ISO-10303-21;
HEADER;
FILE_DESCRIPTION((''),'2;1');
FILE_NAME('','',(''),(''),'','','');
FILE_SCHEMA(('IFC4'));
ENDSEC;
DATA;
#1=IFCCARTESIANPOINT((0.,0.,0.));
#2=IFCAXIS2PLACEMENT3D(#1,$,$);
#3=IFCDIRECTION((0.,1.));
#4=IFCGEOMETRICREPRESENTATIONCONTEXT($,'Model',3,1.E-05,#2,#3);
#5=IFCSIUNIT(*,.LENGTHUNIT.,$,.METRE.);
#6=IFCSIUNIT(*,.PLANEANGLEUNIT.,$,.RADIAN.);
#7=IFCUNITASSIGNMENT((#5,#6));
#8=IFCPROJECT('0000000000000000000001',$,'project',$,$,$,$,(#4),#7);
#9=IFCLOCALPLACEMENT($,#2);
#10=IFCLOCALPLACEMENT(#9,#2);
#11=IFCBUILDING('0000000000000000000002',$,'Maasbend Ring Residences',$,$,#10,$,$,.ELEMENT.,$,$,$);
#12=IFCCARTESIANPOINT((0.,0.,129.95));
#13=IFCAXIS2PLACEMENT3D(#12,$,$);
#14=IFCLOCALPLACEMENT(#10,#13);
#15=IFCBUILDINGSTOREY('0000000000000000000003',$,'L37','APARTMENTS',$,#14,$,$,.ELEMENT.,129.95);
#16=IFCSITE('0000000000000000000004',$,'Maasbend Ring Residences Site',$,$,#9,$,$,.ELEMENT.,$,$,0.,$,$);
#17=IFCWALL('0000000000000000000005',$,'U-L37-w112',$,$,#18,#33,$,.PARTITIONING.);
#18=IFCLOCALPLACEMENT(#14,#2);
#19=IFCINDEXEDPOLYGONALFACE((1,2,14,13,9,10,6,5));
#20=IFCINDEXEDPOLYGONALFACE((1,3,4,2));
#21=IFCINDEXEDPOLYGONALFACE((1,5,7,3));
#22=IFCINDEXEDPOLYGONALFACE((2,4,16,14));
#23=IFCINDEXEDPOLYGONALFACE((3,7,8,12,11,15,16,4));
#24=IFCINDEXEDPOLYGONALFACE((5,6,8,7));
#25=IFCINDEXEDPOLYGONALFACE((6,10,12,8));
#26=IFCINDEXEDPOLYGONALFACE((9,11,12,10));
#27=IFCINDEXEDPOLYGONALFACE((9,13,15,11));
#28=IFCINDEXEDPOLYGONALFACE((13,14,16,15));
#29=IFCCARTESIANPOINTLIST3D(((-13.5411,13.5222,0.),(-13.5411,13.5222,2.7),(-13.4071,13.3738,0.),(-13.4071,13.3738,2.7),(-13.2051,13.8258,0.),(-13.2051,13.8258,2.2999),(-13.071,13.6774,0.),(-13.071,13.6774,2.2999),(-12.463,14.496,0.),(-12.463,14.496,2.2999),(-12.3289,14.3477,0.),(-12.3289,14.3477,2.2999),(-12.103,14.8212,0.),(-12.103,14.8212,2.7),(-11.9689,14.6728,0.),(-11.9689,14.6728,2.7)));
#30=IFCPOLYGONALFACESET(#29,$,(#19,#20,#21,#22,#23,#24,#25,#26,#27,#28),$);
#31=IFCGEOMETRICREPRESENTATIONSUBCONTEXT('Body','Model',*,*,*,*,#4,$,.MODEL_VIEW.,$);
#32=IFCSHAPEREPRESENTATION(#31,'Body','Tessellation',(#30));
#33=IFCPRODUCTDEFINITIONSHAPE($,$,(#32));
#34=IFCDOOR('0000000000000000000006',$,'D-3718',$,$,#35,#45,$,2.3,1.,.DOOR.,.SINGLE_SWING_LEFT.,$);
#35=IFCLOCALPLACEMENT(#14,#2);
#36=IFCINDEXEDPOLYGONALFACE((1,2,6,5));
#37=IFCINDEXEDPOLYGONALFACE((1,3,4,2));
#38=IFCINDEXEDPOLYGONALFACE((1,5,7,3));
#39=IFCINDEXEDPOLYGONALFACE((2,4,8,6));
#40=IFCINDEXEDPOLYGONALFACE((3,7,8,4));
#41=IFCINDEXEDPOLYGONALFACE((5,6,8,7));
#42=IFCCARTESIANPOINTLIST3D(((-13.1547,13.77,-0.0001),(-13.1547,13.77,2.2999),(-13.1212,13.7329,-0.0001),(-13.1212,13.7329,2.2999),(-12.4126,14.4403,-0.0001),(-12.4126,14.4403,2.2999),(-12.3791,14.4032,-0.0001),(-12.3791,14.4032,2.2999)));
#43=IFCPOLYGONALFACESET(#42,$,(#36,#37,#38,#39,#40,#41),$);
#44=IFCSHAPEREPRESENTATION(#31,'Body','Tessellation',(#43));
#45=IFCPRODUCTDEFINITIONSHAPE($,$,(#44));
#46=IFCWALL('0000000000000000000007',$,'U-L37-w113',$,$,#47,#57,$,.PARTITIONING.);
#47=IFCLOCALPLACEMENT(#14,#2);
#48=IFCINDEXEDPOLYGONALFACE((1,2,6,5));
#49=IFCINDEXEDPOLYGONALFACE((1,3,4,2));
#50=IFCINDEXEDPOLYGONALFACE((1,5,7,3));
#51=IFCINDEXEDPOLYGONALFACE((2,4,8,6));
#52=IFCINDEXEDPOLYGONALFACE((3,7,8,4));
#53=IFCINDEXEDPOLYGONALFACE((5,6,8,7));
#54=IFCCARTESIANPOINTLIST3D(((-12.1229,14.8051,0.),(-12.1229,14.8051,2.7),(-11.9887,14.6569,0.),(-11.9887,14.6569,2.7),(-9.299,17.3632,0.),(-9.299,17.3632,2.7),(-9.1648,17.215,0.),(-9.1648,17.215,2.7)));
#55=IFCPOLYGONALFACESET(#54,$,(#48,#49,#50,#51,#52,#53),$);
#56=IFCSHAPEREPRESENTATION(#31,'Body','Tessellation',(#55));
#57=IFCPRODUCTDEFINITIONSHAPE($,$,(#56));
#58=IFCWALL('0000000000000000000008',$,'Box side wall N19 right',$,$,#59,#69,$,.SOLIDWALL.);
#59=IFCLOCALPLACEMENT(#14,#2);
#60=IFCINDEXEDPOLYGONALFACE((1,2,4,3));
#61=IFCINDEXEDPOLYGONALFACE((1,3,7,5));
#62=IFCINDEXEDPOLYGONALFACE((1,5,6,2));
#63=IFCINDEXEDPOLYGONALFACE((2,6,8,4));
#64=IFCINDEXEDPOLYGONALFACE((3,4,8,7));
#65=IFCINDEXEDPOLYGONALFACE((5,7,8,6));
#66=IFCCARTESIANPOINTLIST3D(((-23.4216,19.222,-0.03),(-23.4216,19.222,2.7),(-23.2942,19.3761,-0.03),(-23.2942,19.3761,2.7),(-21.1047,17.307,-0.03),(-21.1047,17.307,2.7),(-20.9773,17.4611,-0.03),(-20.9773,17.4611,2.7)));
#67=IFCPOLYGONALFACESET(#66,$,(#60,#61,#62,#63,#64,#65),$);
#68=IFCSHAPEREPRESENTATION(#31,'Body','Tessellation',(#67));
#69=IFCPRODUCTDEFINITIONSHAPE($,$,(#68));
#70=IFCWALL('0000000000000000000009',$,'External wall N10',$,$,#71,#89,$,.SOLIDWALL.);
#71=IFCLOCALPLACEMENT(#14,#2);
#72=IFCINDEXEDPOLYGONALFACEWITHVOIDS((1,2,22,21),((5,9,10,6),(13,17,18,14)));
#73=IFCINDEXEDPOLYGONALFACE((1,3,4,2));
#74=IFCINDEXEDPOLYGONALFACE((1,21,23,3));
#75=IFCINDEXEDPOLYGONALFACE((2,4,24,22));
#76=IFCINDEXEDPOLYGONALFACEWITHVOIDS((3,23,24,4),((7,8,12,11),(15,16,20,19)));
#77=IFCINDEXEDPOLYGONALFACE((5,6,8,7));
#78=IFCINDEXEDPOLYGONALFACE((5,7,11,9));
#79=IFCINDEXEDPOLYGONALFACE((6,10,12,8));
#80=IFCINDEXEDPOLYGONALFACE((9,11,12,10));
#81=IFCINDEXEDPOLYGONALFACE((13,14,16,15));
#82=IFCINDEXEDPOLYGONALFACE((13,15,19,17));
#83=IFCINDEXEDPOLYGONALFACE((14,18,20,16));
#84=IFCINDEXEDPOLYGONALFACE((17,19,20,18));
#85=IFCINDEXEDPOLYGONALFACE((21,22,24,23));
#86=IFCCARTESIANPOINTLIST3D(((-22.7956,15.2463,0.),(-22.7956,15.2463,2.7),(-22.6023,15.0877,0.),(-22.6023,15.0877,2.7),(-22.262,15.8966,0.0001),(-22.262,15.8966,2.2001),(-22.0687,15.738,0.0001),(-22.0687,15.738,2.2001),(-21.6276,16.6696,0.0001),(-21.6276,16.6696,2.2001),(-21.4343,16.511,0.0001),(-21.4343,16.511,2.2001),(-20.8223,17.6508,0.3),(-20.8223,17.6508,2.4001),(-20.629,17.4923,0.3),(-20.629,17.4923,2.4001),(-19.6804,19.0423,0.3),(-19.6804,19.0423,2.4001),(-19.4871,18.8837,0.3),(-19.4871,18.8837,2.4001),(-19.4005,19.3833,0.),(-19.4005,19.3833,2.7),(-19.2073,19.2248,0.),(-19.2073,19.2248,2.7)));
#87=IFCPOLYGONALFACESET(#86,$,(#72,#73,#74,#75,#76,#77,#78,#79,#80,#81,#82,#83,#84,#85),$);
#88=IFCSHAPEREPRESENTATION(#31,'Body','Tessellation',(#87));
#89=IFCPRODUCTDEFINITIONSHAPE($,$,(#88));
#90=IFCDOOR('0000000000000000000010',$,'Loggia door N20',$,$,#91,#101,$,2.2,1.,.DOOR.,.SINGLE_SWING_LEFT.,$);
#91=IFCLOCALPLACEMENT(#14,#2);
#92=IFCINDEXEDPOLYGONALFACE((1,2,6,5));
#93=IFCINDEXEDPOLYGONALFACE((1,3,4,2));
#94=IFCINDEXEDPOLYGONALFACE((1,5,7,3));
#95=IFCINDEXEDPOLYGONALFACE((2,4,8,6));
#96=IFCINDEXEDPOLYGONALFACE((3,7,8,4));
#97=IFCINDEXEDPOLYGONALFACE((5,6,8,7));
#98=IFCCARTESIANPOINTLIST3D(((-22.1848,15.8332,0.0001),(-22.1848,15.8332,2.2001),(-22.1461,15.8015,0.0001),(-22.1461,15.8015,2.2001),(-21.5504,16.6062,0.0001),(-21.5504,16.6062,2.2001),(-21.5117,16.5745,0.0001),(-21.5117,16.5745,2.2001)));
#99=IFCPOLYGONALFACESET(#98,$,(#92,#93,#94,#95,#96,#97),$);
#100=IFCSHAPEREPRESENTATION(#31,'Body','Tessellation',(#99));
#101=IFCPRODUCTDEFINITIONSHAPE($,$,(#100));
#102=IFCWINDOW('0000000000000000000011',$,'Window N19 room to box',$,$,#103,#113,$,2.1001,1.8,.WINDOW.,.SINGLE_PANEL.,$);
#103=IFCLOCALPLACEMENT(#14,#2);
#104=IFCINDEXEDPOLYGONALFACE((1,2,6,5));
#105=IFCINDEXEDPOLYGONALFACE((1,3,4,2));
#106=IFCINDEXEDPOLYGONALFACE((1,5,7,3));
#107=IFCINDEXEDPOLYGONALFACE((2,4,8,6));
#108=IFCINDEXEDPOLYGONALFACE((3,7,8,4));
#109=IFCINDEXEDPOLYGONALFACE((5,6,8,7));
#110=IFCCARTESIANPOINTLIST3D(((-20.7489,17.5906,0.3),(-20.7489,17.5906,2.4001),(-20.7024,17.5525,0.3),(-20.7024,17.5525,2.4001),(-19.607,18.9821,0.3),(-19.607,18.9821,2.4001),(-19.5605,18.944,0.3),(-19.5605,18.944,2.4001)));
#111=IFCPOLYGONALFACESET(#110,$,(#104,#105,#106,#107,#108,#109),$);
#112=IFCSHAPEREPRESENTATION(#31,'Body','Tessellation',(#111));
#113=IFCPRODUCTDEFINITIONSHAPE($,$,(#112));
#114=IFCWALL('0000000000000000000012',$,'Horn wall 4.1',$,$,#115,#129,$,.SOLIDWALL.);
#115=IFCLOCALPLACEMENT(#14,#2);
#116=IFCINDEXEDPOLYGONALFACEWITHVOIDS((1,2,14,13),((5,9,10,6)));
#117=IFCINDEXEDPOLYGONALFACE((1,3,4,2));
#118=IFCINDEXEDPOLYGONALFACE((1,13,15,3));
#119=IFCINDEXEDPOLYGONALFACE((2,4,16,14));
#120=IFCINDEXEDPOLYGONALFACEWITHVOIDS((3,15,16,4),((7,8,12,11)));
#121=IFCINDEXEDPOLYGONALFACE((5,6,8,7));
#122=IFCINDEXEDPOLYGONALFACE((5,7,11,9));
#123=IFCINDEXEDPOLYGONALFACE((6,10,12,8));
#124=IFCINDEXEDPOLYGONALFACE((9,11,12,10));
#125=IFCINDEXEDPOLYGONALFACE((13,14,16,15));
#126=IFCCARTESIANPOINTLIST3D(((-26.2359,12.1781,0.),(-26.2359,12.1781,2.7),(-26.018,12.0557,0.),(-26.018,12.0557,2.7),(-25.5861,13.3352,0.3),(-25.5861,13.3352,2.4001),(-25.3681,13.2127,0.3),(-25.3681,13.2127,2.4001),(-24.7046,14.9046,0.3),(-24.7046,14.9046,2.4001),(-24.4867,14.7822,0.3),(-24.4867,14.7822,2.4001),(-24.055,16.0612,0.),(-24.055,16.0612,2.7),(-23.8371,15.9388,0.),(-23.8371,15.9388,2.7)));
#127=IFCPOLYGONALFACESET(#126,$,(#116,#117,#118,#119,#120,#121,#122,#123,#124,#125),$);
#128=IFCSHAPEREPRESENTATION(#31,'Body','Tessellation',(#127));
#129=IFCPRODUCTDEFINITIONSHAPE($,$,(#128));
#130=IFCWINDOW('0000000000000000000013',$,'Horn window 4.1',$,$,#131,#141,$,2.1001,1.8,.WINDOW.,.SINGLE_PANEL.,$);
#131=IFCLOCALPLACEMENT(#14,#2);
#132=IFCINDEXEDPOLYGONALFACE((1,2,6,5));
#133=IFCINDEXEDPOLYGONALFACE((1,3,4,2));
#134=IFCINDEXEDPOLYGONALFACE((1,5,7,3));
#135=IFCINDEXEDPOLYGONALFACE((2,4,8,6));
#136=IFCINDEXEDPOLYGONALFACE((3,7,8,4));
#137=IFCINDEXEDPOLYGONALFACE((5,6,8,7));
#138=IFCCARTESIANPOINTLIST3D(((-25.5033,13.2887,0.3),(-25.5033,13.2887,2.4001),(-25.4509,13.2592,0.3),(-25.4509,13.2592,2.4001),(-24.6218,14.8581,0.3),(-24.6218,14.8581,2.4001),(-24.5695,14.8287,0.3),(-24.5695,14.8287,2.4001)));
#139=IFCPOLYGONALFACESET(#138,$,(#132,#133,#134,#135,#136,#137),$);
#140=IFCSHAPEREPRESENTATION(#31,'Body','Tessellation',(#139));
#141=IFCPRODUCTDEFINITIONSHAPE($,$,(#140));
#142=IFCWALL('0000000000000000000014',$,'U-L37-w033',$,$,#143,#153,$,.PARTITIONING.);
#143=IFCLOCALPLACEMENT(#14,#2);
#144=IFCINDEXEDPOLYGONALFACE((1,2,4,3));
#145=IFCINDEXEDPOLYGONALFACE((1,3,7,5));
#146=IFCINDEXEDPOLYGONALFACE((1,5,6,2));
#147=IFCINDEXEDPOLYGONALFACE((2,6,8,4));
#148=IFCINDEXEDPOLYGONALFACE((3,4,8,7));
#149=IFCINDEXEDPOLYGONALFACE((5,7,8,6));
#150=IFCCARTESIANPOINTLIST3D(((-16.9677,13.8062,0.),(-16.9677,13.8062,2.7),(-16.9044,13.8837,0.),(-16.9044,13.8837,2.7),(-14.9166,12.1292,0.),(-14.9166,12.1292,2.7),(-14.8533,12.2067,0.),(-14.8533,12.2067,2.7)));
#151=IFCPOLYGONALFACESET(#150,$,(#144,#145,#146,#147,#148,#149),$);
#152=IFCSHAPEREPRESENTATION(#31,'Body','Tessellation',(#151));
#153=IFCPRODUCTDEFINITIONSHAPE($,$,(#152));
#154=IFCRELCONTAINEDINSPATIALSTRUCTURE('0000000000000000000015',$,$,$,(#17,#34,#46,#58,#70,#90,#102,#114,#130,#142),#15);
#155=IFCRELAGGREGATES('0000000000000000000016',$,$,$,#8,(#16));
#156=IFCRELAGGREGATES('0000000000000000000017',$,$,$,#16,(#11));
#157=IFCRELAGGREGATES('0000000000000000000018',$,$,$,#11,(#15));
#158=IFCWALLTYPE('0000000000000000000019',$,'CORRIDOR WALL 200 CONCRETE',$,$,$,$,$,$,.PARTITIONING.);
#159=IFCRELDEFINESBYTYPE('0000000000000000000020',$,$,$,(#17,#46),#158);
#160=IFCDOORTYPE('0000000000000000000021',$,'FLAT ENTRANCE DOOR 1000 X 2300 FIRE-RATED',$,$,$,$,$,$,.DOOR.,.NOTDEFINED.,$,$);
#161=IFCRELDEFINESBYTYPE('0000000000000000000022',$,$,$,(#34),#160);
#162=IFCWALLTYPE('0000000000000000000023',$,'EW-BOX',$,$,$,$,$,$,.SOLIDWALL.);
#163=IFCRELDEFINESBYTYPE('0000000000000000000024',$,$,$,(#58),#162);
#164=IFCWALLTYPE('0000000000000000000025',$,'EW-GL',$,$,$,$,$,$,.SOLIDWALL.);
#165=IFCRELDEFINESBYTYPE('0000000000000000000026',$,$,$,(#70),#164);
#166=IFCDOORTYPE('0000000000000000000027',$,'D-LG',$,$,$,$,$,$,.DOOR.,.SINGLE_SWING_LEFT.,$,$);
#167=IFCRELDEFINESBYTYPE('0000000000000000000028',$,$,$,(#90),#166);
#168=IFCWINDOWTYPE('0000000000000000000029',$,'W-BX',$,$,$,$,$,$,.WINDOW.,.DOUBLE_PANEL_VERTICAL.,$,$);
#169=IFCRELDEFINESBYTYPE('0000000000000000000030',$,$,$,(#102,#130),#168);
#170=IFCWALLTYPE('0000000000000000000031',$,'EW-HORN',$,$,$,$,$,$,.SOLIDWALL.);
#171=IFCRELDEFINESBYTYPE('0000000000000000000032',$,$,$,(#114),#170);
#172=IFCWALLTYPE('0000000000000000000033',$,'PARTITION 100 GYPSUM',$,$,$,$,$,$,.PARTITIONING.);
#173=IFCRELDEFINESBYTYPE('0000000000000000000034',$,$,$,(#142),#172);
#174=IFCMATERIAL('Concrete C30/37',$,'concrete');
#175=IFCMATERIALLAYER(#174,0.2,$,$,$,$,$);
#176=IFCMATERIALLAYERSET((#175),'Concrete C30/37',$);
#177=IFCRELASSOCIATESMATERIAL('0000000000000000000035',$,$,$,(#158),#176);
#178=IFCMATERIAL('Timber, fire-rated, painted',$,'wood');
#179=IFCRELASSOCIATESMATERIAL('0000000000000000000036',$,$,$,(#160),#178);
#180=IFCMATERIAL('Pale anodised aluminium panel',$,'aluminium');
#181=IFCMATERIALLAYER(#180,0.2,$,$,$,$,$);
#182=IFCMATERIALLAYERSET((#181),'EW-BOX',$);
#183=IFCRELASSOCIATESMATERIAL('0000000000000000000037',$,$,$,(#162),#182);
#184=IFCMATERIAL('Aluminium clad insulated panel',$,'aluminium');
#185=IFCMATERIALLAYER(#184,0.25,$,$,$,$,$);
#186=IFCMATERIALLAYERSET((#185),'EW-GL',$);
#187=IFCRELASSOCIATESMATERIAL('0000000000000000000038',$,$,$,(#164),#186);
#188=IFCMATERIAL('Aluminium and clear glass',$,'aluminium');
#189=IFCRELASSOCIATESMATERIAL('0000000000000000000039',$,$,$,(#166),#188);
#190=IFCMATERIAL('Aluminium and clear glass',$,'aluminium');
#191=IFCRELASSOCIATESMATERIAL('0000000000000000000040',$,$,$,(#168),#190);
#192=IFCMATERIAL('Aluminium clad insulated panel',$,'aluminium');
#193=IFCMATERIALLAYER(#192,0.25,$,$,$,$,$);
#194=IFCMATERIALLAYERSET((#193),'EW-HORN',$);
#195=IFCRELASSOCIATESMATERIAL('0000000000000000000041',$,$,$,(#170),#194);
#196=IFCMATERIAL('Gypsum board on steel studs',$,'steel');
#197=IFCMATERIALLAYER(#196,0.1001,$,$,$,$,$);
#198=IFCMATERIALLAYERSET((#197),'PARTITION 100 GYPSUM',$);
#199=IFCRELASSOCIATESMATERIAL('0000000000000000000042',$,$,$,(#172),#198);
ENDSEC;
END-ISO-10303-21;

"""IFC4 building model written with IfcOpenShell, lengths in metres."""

from ifc_helpers import new_model, si_unit, direction, frame, frame_2d, origin, place, context, subcontext, project, spatial, rectangle, extrude, material, layer, layer_set, type_object, element, fill, save


model = new_model("IFC4")

# Units and contexts
model_context = context("Model", 3, precision=1e-05, world=origin(), true_north=direction((0.0, 1.0)))
body_context = subcontext(model_context, "Body", "Model", "MODEL_VIEW")
ifc_project = project(units=[si_unit("LENGTHUNIT", "METRE"), si_unit("PLANEANGLEUNIT", "RADIAN")], contexts=[model_context])

# Site, building, storey
site_placement = place(None, origin())
site = spatial("IfcSite", under=ifc_project, at=site_placement, Name="Maasbend Ring Residences Site", CompositionType="ELEMENT", RefElevation=0.0)
building_placement = place(site_placement, origin())
building = spatial("IfcBuilding", under=site, at=building_placement, Name="Maasbend Ring Residences", CompositionType="ELEMENT")
storey_placement = place(building_placement, frame((0.0, 0.0, 129.95)))
storey = spatial("IfcBuildingStorey", under=building, at=storey_placement, Name="L37", Description="APARTMENTS", CompositionType="ELEMENT", Elevation=129.95)

# Wall, opening, door
ifc_material_1 = material(Name="Concrete C30/37", Category="concrete")
ifc_layer_1 = layer(ifc_material_1, 0.2)
ifc_layer_set_1 = layer_set([ifc_layer_1], Name="Concrete C30/37")
wall_type_1 = type_object("IfcWallType", Name="CORRIDOR WALL 200 CONCRETE", PredefinedType="PARTITIONING", material=ifc_layer_set_1)
wall_1_placement = place(storey_placement, frame((-13.4741, 13.448, 0.0), z_axis=(0.0, 0.0, 1.0), x_axis=(0.742097, 0.670293, 0.0)))
wall_1 = element("IfcWall", 1, at=wall_1_placement, inside=storey, type_object=wall_type_1, Name="U-L37-w112", PredefinedType="PARTITIONING", context=body_context, shape_type="SweptSolid", body=[
    extrude(rectangle(XDim=1.938, YDim=0.2, at=frame_2d((0.969, 0.0))), origin(), (0.0, 0.0, 1.0), 2.7),
])
opening_1_placement = place(wall_1_placement, frame((0.4529, 0.0, 0.0)))
opening_1 = element("IfcOpeningElement", 2, at=opening_1_placement, cuts=wall_1, PredefinedType="OPENING", context=body_context, shape_type="SweptSolid", body=[
    extrude(rectangle(XDim=1.0, YDim=2.3, at=frame_2d((0.5, 1.1499))), frame((0.0, 0.1099, 0.0), z_axis=(0.0, -1.0, 0.0), x_axis=(1.0, 0.0, 0.0)), (0.0, 0.0, 1.0), 0.22),
])
ifc_material_2 = material(Name="Timber, fire-rated, painted", Category="wood")
door_type_1 = type_object("IfcDoorType", Name="FLAT ENTRANCE DOOR 1000 X 2300 FIRE-RATED", OperationType="NOTDEFINED", PredefinedType="DOOR", material=ifc_material_2)
door_1_placement = place(opening_1_placement, origin())
door_1 = element("IfcDoor", 3, at=door_1_placement, inside=storey, type_object=door_type_1, Name="D-3718", OperationType="SINGLE_SWING_LEFT", OverallHeight=2.3, OverallWidth=1.0, PredefinedType="DOOR", context=body_context, shape_type="SweptSolid", body=[
    extrude(rectangle(XDim=1.0, YDim=2.3, at=frame_2d((0.5, 1.1499))), frame((0.0, 0.0249, 0.0), z_axis=(0.0, -1.0, 0.0), x_axis=(1.0, 0.0, 0.0)), (0.0, 0.0, 1.0), 0.05),
])
fill(opening_1, door_1)

# Walls
wall_2_placement = place(storey_placement, frame((-12.0559, 14.731, 0.0), z_axis=(0.0, 0.0, 1.0), x_axis=(0.741133, 0.671358, 0.0)))
element("IfcWall", 4, at=wall_2_placement, inside=storey, type_object=wall_type_1, Name="U-L37-w113", PredefinedType="PARTITIONING", context=body_context, shape_type="SweptSolid", body=[
    extrude(rectangle(XDim=3.8103, YDim=0.2, at=frame_2d((1.9053, 0.0))), origin(), (0.0, 0.0, 1.0), 2.7),
])
ifc_material_3 = material(Name="Pale anodised aluminium panel", Category="aluminium")
ifc_layer_2 = layer(ifc_material_3, 0.2)
ifc_layer_set_2 = layer_set([ifc_layer_2], Name="EW-BOX")
wall_type_2 = type_object("IfcWallType", Name="EW-BOX", PredefinedType="SOLIDWALL", material=ifc_layer_set_2)
wall_3_placement = place(storey_placement, frame((-21.041, 17.384, -0.03), z_axis=(0.0, 0.0, 1.0), x_axis=(-0.770785, 0.637096, 0.0)))
element("IfcWall", 5, at=wall_3_placement, inside=storey, type_object=wall_type_2, Name="Box side wall N19 right", PredefinedType="SOLIDWALL", context=body_context, shape_type="SweptSolid", body=[
    extrude(rectangle(XDim=3.0059, YDim=0.2, at=frame_2d((1.5029, 0.0))), origin(), (0.0, 0.0, 1.0), 2.73),
])

# Wall, openings, door, window
ifc_material_4 = material(Name="Aluminium clad insulated panel", Category="aluminium")
ifc_layer_3 = layer(ifc_material_4, 0.25)
ifc_layer_set_3 = layer_set([ifc_layer_3], Name="EW-GL")
wall_type_3 = type_object("IfcWallType", Name="EW-GL", PredefinedType="SOLIDWALL", material=ifc_layer_set_3)
wall_4_placement = place(storey_placement, frame((-19.304, 19.304, 0.0), z_axis=(0.0, 0.0, 1.0), x_axis=(-0.634382, -0.773019, 0.0)))
wall_4 = element("IfcWall", 6, at=wall_4_placement, inside=storey, type_object=wall_type_3, Name="External wall N10", PredefinedType="SOLIDWALL", context=body_context, shape_type="SweptSolid", body=[
    extrude(rectangle(XDim=5.3518, YDim=0.25, at=frame_2d((2.6758, 0.0))), origin(), (0.0, 0.0, 1.0), 2.7),
])
opening_2_placement = place(wall_4_placement, frame((0.4412, 0.0, 0.3)))
opening_2 = element("IfcOpeningElement", 7, at=opening_2_placement, cuts=wall_4, PredefinedType="OPENING", context=body_context, shape_type="SweptSolid", body=[
    extrude(rectangle(XDim=1.8, YDim=2.1001, at=frame_2d((0.8999, 1.05))), frame((0.0, 0.135, 0.0), z_axis=(0.0, -1.0, 0.0), x_axis=(1.0, 0.0, 0.0)), (0.0, 0.0, 1.0), 0.27),
])
opening_3_placement = place(wall_4_placement, frame((3.5105, 0.0, 0.0)))
opening_3 = element("IfcOpeningElement", 8, at=opening_3_placement, cuts=wall_4, PredefinedType="OPENING", context=body_context, shape_type="SweptSolid", body=[
    extrude(rectangle(XDim=1.0, YDim=2.2, at=frame_2d((0.5, 1.1001))), frame((0.0, 0.135, 0.0), z_axis=(0.0, -1.0, 0.0), x_axis=(1.0, 0.0, 0.0)), (0.0, 0.0, 1.0), 0.27),
])
ifc_material_5 = material(Name="Aluminium and clear glass", Category="aluminium")
door_type_2 = type_object("IfcDoorType", Name="D-LG", OperationType="SINGLE_SWING_LEFT", PredefinedType="DOOR", material=ifc_material_5)
door_2_placement = place(opening_3_placement, origin())
door_2 = element("IfcDoor", 9, at=door_2_placement, inside=storey, type_object=door_type_2, Name="Loggia door N20", OperationType="SINGLE_SWING_LEFT", OverallHeight=2.2, OverallWidth=1.0, PredefinedType="DOOR", context=body_context, shape_type="SweptSolid", body=[
    extrude(rectangle(XDim=1.0, YDim=2.2, at=frame_2d((0.5, 1.1001))), frame((0.0, 0.0249, 0.0), z_axis=(0.0, -1.0, 0.0), x_axis=(1.0, 0.0, 0.0)), (0.0, 0.0, 1.0), 0.05),
])
fill(opening_3, door_2)
ifc_material_6 = material(Name="Aluminium and clear glass", Category="aluminium")
window_type = type_object("IfcWindowType", Name="W-BX", PartitioningType="DOUBLE_PANEL_VERTICAL", PredefinedType="WINDOW", material=ifc_material_6)
window_1_placement = place(opening_2_placement, origin())
window_1 = element("IfcWindow", 10, at=window_1_placement, inside=storey, type_object=window_type, Name="Window N19 room to box", OverallHeight=2.1001, OverallWidth=1.8, PartitioningType="SINGLE_PANEL", PredefinedType="WINDOW", context=body_context, shape_type="SweptSolid", body=[
    extrude(rectangle(XDim=1.8, YDim=2.1001, at=frame_2d((0.8999, 1.05))), frame((0.0, 0.03, 0.0), z_axis=(0.0, -1.0, 0.0), x_axis=(1.0, 0.0, 0.0)), (0.0, 0.0, 1.0), 0.0601),
])
fill(opening_2, window_1)

# Wall, opening, window
ifc_material_7 = material(Name="Aluminium clad insulated panel", Category="aluminium")
ifc_layer_4 = layer(ifc_material_7, 0.25)
ifc_layer_set_4 = layer_set([ifc_layer_4], Name="EW-HORN")
wall_type_4 = type_object("IfcWallType", Name="EW-HORN", PredefinedType="SOLIDWALL", material=ifc_layer_set_4)
wall_5_placement = place(storey_placement, frame((-23.946, 16.0, 0.0), z_axis=(0.0, 0.0, 1.0), x_axis=(-0.489696, -0.871893, 0.0)))
wall_5 = element("IfcWall", 11, at=wall_5_placement, inside=storey, type_object=wall_type_4, Name="Horn wall 4.1", PredefinedType="SOLIDWALL", context=body_context, shape_type="SweptSolid", body=[
    extrude(rectangle(XDim=4.4536, YDim=0.25, at=frame_2d((2.2268, 0.0))), origin(), (0.0, 0.0, 1.0), 2.7),
])
opening_4_placement = place(wall_5_placement, frame((1.3267, 0.0, 0.3)))
opening_4 = element("IfcOpeningElement", 12, at=opening_4_placement, cuts=wall_5, PredefinedType="OPENING", context=body_context, shape_type="SweptSolid", body=[
    extrude(rectangle(XDim=1.8, YDim=2.1001, at=frame_2d((0.8999, 1.05))), frame((0.0, 0.135, 0.0), z_axis=(0.0, -1.0, 0.0), x_axis=(1.0, 0.0, 0.0)), (0.0, 0.0, 1.0), 0.27),
])
window_2_placement = place(opening_4_placement, origin())
window_2 = element("IfcWindow", 13, at=window_2_placement, inside=storey, type_object=window_type, Name="Horn window 4.1", OverallHeight=2.1001, OverallWidth=1.8, PartitioningType="SINGLE_PANEL", PredefinedType="WINDOW", context=body_context, shape_type="SweptSolid", body=[
    extrude(rectangle(XDim=1.8, YDim=2.1001, at=frame_2d((0.8999, 1.05))), frame((0.0, 0.03, 0.0), z_axis=(0.0, -1.0, 0.0), x_axis=(1.0, 0.0, 0.0)), (0.0, 0.0, 1.0), 0.0601),
])
fill(opening_4, window_2)

# Wall
ifc_material_8 = material(Name="Gypsum board on steel studs", Category="steel")
ifc_layer_5 = layer(ifc_material_8, 0.1001)
ifc_layer_set_5 = layer_set([ifc_layer_5], Name="PARTITION 100 GYPSUM")
wall_type_5 = type_object("IfcWallType", Name="PARTITION 100 GYPSUM", PredefinedType="PARTITIONING", material=ifc_layer_set_5)
wall_6_placement = place(storey_placement, frame((-16.936, 13.845, 0.0), z_axis=(0.0, 0.0, 1.0), x_axis=(0.774163, -0.632987, 0.0)))
element("IfcWall", 14, at=wall_6_placement, inside=storey, type_object=wall_type_5, Name="U-L37-w033", PredefinedType="PARTITIONING", context=body_context, shape_type="SweptSolid", body=[
    extrude(rectangle(XDim=2.6494, YDim=0.1001, at=frame_2d((1.3247, 0.0))), origin(), (0.0, 0.0, 1.0), 2.7),
])

save(model, "model.ifc")
